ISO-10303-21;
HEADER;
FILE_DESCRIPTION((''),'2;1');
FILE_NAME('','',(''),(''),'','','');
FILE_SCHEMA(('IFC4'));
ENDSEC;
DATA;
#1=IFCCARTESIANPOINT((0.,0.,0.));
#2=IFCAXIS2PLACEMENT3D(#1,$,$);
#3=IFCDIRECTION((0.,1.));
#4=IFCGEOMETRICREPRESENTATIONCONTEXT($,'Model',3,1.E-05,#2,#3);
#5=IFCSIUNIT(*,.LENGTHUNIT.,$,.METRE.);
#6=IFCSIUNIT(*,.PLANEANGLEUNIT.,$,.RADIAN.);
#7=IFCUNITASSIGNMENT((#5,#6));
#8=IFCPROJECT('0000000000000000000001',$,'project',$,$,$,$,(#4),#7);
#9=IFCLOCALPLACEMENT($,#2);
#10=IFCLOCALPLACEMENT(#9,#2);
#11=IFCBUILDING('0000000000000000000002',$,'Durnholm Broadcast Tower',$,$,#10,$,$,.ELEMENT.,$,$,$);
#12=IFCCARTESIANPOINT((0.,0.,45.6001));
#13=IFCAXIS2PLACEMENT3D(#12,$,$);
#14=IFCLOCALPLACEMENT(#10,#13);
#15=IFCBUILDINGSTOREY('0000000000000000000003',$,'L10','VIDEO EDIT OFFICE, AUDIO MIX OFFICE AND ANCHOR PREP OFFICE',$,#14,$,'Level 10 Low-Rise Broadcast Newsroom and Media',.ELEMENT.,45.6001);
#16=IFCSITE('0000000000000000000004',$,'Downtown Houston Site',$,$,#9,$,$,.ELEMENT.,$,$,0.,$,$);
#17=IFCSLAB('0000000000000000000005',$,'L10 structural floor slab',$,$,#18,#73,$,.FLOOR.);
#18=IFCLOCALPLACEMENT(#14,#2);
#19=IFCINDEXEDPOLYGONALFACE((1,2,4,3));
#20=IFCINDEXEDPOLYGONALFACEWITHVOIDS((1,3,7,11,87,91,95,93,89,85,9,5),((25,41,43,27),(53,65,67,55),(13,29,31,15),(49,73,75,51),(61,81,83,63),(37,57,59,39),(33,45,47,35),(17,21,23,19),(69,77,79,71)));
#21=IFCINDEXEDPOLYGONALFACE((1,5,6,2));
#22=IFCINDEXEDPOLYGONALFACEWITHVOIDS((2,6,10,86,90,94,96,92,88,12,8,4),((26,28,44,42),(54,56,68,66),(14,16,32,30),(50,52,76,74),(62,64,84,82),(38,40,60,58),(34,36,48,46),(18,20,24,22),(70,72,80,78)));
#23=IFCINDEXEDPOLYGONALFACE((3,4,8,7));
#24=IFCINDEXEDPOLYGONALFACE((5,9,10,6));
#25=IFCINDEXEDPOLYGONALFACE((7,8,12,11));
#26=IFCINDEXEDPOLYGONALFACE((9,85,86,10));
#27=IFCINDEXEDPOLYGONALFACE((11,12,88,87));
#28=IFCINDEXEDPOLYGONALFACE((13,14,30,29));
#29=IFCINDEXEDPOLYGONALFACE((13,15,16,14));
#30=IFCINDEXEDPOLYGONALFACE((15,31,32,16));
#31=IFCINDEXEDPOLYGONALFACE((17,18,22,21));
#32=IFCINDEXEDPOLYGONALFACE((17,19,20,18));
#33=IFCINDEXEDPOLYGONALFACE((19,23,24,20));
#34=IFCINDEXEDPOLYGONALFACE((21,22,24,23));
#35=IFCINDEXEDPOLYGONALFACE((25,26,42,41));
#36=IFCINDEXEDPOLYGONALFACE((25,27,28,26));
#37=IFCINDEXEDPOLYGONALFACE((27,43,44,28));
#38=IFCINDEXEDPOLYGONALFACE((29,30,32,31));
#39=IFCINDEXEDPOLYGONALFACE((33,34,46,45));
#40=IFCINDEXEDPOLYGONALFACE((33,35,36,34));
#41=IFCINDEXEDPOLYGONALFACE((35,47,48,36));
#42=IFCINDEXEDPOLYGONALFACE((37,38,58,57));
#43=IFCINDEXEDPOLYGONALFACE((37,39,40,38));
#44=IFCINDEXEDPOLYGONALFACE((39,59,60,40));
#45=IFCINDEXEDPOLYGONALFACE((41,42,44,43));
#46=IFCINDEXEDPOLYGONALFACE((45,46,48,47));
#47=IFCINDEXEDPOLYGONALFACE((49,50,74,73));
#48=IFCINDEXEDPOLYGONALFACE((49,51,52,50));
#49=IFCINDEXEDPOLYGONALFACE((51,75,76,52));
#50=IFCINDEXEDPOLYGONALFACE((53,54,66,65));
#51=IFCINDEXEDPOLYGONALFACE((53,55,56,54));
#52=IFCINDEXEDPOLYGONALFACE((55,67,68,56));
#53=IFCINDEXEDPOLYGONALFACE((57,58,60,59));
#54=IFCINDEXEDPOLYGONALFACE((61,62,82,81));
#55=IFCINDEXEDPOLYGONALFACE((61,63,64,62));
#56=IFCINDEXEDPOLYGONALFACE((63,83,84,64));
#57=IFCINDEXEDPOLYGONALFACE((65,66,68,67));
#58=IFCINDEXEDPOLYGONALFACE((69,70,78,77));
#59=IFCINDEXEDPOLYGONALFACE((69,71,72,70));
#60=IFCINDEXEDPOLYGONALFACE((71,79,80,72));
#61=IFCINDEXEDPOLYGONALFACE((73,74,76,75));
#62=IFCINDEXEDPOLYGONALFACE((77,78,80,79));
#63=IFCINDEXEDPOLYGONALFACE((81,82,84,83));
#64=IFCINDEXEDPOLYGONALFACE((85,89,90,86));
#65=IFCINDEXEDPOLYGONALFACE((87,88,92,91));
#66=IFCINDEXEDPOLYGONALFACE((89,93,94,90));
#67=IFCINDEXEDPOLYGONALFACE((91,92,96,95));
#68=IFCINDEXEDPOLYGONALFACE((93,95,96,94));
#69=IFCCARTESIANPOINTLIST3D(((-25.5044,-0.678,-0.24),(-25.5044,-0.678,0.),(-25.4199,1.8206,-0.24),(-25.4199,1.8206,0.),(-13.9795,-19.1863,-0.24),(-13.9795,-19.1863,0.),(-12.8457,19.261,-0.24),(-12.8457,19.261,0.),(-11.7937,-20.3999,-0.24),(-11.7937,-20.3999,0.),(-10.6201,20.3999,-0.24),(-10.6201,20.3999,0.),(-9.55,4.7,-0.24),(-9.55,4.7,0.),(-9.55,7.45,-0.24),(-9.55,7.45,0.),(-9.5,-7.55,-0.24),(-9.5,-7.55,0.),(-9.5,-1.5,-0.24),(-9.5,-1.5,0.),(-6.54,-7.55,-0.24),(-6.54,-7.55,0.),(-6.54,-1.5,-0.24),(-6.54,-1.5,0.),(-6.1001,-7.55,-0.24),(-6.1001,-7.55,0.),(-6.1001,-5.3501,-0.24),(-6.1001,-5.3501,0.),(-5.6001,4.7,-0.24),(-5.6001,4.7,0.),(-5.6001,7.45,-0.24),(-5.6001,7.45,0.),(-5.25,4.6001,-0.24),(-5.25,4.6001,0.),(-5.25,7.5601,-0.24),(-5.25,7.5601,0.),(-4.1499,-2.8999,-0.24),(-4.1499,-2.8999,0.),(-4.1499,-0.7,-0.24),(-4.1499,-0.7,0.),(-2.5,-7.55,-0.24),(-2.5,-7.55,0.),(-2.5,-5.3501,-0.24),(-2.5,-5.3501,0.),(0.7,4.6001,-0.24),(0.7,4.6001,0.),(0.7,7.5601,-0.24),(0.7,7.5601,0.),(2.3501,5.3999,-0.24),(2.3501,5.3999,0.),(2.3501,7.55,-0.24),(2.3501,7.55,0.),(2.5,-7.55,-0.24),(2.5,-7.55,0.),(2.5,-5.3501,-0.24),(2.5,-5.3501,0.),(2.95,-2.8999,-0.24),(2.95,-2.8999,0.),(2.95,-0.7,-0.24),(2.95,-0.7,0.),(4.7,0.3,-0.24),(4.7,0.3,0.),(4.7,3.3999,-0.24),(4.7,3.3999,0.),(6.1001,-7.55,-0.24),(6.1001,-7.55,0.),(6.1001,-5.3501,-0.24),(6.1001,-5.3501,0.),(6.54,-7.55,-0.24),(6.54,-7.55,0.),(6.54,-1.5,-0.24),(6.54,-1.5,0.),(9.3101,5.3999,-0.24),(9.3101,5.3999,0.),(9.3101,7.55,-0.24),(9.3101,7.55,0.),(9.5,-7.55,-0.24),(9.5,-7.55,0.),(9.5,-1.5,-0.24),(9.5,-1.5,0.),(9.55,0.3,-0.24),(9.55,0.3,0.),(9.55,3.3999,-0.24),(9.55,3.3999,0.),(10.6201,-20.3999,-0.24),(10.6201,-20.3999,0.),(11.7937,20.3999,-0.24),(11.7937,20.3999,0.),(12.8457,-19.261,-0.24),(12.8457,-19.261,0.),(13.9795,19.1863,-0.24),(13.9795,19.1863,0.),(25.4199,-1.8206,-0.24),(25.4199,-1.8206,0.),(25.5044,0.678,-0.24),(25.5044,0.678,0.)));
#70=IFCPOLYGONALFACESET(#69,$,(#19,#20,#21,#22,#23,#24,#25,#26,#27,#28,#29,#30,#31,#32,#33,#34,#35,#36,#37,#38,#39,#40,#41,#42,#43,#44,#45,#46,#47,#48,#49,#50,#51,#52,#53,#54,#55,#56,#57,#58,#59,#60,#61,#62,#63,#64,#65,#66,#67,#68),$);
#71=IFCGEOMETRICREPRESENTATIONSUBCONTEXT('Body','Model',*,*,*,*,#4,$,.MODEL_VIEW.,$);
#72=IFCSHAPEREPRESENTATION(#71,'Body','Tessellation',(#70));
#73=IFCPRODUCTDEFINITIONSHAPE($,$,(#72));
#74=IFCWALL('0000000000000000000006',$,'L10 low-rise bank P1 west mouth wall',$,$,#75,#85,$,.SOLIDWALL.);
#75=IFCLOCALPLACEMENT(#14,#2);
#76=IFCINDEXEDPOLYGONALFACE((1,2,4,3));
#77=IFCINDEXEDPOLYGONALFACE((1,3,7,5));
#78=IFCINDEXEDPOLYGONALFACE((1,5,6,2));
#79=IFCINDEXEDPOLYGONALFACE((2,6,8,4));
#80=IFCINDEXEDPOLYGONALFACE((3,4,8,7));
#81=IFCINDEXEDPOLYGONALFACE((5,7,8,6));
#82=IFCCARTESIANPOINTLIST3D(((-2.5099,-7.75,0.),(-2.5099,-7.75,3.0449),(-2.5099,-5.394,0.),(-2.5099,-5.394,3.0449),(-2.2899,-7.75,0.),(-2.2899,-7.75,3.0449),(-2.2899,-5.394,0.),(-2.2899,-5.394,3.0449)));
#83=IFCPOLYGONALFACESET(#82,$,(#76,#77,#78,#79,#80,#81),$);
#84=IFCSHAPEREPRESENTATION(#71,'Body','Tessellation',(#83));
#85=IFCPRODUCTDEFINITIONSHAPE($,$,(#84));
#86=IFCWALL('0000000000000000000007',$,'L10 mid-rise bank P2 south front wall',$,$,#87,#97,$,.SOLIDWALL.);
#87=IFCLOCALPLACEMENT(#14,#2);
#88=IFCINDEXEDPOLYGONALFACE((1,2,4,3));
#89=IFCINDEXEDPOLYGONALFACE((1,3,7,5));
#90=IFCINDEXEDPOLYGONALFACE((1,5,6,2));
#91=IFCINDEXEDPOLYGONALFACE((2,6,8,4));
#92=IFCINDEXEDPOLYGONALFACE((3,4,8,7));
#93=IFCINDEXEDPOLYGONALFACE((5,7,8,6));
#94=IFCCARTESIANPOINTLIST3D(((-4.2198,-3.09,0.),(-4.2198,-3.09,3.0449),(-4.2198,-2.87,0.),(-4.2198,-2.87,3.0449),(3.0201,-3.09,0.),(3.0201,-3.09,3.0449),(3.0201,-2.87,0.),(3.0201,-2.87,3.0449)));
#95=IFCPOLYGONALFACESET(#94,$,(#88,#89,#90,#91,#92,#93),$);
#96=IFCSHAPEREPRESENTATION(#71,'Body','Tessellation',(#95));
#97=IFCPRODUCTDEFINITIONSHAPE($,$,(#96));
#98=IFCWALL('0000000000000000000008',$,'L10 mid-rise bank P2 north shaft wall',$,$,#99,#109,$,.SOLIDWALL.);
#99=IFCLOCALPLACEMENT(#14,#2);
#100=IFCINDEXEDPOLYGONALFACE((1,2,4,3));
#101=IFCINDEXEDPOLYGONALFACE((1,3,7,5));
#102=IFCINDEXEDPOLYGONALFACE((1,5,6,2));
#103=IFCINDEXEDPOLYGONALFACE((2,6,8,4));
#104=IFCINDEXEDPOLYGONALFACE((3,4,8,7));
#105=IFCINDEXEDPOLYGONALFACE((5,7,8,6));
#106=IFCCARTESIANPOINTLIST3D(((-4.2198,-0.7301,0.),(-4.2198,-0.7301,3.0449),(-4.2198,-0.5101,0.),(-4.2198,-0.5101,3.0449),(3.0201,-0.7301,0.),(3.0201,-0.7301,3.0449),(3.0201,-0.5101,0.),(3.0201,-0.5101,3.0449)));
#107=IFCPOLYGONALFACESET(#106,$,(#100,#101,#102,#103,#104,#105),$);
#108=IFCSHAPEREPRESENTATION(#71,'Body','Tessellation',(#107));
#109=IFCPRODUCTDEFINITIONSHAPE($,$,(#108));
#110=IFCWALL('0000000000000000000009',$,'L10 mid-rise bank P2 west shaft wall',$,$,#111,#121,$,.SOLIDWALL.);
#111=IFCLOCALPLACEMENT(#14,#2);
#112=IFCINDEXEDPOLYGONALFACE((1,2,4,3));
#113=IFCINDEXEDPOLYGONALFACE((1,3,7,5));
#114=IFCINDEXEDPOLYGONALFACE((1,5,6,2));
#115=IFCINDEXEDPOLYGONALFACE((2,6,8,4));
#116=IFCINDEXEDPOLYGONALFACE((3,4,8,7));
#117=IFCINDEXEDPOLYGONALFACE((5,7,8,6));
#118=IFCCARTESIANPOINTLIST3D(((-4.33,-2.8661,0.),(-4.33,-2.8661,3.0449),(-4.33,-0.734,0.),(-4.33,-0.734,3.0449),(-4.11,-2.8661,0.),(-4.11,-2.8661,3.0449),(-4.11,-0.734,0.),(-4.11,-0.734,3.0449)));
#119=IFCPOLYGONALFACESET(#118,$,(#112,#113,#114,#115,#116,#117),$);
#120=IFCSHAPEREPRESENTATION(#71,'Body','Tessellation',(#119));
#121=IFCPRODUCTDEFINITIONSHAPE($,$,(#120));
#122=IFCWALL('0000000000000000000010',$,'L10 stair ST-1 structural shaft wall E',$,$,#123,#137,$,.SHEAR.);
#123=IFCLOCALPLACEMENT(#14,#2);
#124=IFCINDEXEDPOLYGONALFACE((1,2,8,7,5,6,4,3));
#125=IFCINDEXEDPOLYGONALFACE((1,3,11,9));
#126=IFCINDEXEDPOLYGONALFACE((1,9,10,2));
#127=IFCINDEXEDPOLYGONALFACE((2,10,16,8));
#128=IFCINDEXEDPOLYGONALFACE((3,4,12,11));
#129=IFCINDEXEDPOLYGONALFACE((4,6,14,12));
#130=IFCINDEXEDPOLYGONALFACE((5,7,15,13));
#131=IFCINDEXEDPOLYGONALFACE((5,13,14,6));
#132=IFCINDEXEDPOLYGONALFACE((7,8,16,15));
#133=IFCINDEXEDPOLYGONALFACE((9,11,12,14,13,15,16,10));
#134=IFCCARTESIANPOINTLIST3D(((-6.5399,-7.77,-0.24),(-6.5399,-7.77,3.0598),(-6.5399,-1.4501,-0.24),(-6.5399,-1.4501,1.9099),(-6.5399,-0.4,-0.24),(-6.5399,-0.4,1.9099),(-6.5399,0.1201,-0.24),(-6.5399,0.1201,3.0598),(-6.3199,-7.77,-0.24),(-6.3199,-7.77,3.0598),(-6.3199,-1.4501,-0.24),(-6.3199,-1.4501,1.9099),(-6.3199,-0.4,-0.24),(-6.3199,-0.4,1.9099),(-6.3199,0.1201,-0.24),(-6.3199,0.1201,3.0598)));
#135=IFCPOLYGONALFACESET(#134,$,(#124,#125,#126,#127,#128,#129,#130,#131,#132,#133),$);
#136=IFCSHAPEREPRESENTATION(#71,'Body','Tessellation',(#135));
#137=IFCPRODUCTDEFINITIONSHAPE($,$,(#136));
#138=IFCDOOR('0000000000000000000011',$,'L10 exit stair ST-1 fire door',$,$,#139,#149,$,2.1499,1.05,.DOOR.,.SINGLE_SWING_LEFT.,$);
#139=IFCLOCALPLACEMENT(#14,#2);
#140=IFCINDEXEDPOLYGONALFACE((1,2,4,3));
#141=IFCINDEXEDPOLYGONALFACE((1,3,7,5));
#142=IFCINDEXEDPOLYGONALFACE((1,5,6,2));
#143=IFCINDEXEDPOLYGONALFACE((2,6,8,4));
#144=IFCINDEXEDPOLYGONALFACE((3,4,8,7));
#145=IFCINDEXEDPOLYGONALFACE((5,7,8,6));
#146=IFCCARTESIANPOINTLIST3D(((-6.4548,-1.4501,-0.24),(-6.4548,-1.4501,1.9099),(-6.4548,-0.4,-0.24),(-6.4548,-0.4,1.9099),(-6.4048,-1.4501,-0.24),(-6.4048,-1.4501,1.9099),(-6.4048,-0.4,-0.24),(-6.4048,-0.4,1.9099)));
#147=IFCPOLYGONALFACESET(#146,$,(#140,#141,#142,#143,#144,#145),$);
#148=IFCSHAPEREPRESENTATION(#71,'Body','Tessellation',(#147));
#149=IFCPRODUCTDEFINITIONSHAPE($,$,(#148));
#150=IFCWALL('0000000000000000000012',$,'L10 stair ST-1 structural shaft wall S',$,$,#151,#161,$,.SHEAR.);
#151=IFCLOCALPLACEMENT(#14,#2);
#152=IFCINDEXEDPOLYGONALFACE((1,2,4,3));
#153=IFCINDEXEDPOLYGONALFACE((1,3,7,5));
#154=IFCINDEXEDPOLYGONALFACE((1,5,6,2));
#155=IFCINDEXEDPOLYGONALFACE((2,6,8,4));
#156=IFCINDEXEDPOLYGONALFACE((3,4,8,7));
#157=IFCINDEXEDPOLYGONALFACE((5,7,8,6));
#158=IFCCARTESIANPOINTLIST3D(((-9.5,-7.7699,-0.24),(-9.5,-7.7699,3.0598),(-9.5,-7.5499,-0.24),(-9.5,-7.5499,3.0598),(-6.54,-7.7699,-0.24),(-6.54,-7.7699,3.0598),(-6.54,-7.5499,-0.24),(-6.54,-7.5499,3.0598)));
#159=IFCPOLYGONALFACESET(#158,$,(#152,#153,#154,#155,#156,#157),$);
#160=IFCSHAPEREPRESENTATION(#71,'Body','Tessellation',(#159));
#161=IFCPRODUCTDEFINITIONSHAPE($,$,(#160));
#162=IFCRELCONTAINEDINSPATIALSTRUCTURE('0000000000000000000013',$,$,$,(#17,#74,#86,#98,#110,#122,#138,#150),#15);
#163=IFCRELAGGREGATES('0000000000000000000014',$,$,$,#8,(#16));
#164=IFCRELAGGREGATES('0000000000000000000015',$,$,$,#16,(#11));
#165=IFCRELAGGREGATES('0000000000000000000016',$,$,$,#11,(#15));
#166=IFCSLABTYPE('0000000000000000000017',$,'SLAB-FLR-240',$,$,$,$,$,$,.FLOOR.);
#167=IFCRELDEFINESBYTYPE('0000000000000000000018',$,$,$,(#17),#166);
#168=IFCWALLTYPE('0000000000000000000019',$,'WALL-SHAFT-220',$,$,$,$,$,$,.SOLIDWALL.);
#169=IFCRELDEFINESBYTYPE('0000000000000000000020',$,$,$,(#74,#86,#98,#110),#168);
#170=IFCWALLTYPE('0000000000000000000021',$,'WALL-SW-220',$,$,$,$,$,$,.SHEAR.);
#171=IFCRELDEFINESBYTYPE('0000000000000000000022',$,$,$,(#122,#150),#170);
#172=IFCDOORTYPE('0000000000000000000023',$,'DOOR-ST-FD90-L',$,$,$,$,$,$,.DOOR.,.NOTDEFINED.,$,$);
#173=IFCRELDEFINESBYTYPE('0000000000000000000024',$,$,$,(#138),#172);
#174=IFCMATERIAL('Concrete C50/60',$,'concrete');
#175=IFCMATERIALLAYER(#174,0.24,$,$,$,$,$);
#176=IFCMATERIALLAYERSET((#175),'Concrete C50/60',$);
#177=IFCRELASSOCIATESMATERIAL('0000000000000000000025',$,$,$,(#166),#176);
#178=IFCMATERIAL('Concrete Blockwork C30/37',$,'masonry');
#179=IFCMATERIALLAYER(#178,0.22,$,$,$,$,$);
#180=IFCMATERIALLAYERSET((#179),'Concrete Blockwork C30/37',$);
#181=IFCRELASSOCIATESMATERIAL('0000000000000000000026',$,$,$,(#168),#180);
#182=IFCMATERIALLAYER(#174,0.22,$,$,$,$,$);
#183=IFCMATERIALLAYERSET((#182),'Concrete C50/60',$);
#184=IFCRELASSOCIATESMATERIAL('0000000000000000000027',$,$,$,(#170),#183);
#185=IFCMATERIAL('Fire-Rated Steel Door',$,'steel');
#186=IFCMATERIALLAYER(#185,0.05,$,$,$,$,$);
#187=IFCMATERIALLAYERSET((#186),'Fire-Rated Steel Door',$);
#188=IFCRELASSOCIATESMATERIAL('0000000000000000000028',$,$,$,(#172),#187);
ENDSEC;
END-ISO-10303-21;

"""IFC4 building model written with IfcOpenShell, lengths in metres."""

from ifc_helpers import new_model, si_unit, direction, frame, frame_2d, origin, place, context, subcontext, project, spatial, polyline, rectangle, outline, extrude, source, transform, mapped, material, layer, layer_set, type_object, type_shapes, element, fill, save


model = new_model("IFC4")

# Units and contexts
model_context = context("Model", 3, precision=1e-05, world=origin(), true_north=direction((0.0, 1.0)))
body_context = subcontext(model_context, "Body", "Model", "MODEL_VIEW")
ifc_project = project(units=[si_unit("LENGTHUNIT", "METRE"), si_unit("PLANEANGLEUNIT", "RADIAN")], contexts=[model_context])

# Site, building, storey
site_placement = place(None, origin())
site = spatial("IfcSite", under=ifc_project, at=site_placement, Name="Downtown Houston Site", CompositionType="ELEMENT", RefElevation=0.0)
building_placement = place(site_placement, origin())
building = spatial("IfcBuilding", under=site, at=building_placement, Name="Durnholm Broadcast Tower", CompositionType="ELEMENT")
storey_placement = place(building_placement, frame((0.0, 0.0, 45.6001)))
storey = spatial("IfcBuildingStorey", under=building, at=storey_placement, Name="L10", Description="VIDEO EDIT OFFICE, AUDIO MIX OFFICE AND ANCHOR PREP OFFICE", LongName="Level 10 Low-Rise Broadcast Newsroom and Media", CompositionType="ELEMENT", Elevation=45.6001)

# Slab
ifc_material_1 = material(Name="Concrete C50/60", Category="concrete")
ifc_layer_1 = layer(ifc_material_1, 0.24)
ifc_layer_set_1 = layer_set([ifc_layer_1], Name="Concrete C50/60")
slab_type = type_object("IfcSlabType", Name="SLAB-FLR-240", PredefinedType="FLOOR", material=ifc_layer_set_1)
slab_placement = place(storey_placement, frame((0.0, 0.0, -0.24)))
element("IfcSlab", 1, at=slab_placement, inside=storey, type_object=slab_type, Name="L10 structural floor slab", PredefinedType="FLOOR", context=body_context, shape_type="SweptSolid", body=[
    extrude(outline(polyline([(-13.9795, -19.1863), (-11.7937, -20.3999), (10.6201, -20.3999), (12.8457, -19.261), (25.4199, -1.8206), (25.5044, 0.678), (13.9795, 19.1863), (11.7937, 20.3999), (-10.6201, 20.3999), (-12.8457, 19.261), (-25.4199, 1.8206), (-25.5044, -0.678), (-13.9795, -19.1863)]), holes=[polyline([(-2.5, -5.3501), (-6.1001, -5.3501), (-6.1001, -7.55), (-2.5, -7.55), (-2.5, -5.3501)]), polyline([(6.1001, -5.3501), (2.5, -5.3501), (2.5, -7.55), (6.1001, -7.55), (6.1001, -5.3501)]), polyline([(-6.54, -7.55), (-6.54, -1.5), (-9.5, -1.5), (-9.5, -7.55), (-6.54, -7.55)]), polyline([(9.5, -7.55), (9.5, -1.5), (6.54, -1.5), (6.54, -7.55), (9.5, -7.55)]), polyline([(2.95, -0.7), (-4.1499, -0.7), (-4.1499, -2.8999), (2.95, -2.8999), (2.95, -0.7)]), polyline([(9.55, 3.3999), (4.7, 3.3999), (4.7, 0.3), (9.55, 0.3), (9.55, 3.3999)]), polyline([(-5.6001, 7.45), (-9.55, 7.45), (-9.55, 4.7), (-5.6001, 4.7), (-5.6001, 7.45)]), polyline([(-5.25, 7.5601), (-5.25, 4.6001), (0.7, 4.6001), (0.7, 7.5601), (-5.25, 7.5601)]), polyline([(9.3101, 5.3999), (9.3101, 7.55), (2.3501, 7.55), (2.3501, 5.3999), (9.3101, 5.3999)])]), origin(), (0.0, 0.0, 1.0), 0.24),
])

# Shared definitions
ifc_material_2 = material(Name="Concrete Blockwork C30/37", Category="masonry")
ifc_layer_2 = layer(ifc_material_2, 0.22)
ifc_layer_set_2 = layer_set([ifc_layer_2], Name="Concrete Blockwork C30/37")
wall_type_1 = type_object("IfcWallType", Name="WALL-SHAFT-220", PredefinedType="SOLIDWALL", material=ifc_layer_set_2)

# Walls
wall_1_placement = place(storey_placement, frame((-2.3999, -7.75, 0.0), z_axis=(0.0, 0.0, 1.0), x_axis=(0.0, 1.0, 0.0)))
element("IfcWall", 2, at=wall_1_placement, inside=storey, type_object=wall_type_1, Name="L10 low-rise bank P1 west mouth wall", PredefinedType="SOLIDWALL", context=body_context, shape_type="SweptSolid", body=[
    extrude(rectangle(XDim=2.356, YDim=0.22, at=frame_2d((1.178, 0.0))), origin(), (0.0, 0.0, 1.0), 3.0449),
])
for number, where, z_axis, x_axis, name in (
    (3, (-4.22, -2.98, 0.0), (0.0, 0.0, 1.0), (1.0, 0.0, 0.0), "L10 mid-rise bank P2 south front wall"),
    (4, (-4.22, -0.6201, 0.0), (0.0, 0.0, 1.0), (1.0, 0.0, 0.0), "L10 mid-rise bank P2 north shaft wall"),
):
    element("IfcWall", number, at=place(storey_placement, frame(where, z_axis=z_axis, x_axis=x_axis)), inside=storey, type_object=wall_type_1, Name=name, PredefinedType="SOLIDWALL", context=body_context, shape_type="SweptSolid", body=[
        extrude(rectangle(XDim=7.24, YDim=0.22, at=frame_2d((3.6201, 0.0))), origin(), (0.0, 0.0, 1.0), 3.0449),
    ])
wall_2_placement = place(storey_placement, frame((-4.22, -2.866, 0.0), z_axis=(0.0, 0.0, 1.0), x_axis=(0.0, 1.0, 0.0)))
element("IfcWall", 5, at=wall_2_placement, inside=storey, type_object=wall_type_1, Name="L10 mid-rise bank P2 west shaft wall", PredefinedType="SOLIDWALL", context=body_context, shape_type="SweptSolid", body=[
    extrude(rectangle(XDim=2.1321, YDim=0.22, at=frame_2d((1.0659, 0.0))), origin(), (0.0, 0.0, 1.0), 3.0449),
])

# Wall, opening, door
ifc_layer_3 = layer(ifc_material_1, 0.22)
ifc_layer_set_3 = layer_set([ifc_layer_3], Name="Concrete C50/60")
wall_type_2 = type_object("IfcWallType", Name="WALL-SW-220", PredefinedType="SHEAR", material=ifc_layer_set_3)
wall_3_placement = place(storey_placement, frame((-6.4299, -7.77, -0.24), z_axis=(0.0, 0.0, 1.0), x_axis=(0.0, 1.0, 0.0)))
wall_3 = element("IfcWall", 6, at=wall_3_placement, inside=storey, type_object=wall_type_2, Name="L10 stair ST-1 structural shaft wall E", PredefinedType="SHEAR", context=body_context, shape_type="SweptSolid", body=[
    extrude(rectangle(XDim=7.8901, YDim=0.22, at=frame_2d((3.9451, 0.0))), origin(), (0.0, 0.0, 1.0), 3.2998),
])
opening_1_placement = place(wall_3_placement, frame((6.3201, 0.0, 0.0)))
opening_1 = element("IfcOpeningElement", 7, at=opening_1_placement, cuts=wall_3, PredefinedType="OPENING", context=body_context, shape_type="SweptSolid", body=[
    extrude(rectangle(XDim=1.05, YDim=2.1499, at=frame_2d((0.5249, 1.075))), frame((0.0, 0.1201, 0.0), z_axis=(0.0, -1.0, 0.0), x_axis=(1.0, 0.0, 0.0)), (0.0, 0.0, 1.0), 0.24),
])
ifc_material_3 = material(Name="Fire-Rated Steel Door", Category="steel")
ifc_layer_4 = layer(ifc_material_3, 0.05)
ifc_layer_set_4 = layer_set([ifc_layer_4], Name="Fire-Rated Steel Door")
door_type_1 = type_object("IfcDoorType", Name="DOOR-ST-FD90-L", OperationType="NOTDEFINED", PredefinedType="DOOR", material=ifc_layer_set_4)
shared_shape_1 = source(origin(), body_context, "Body", "SweptSolid", [
    extrude(rectangle(XDim=1.05, YDim=2.1499, at=frame_2d((0.5249, 1.075))), frame((0.0, 0.0249, 0.0), z_axis=(0.0, -1.0, 0.0), x_axis=(1.0, 0.0, 0.0)), (0.0, 0.0, 1.0), 0.05),
])
type_shapes(door_type_1, [shared_shape_1])
door_1_placement = place(opening_1_placement, origin())
door_1 = element("IfcDoor", 8, at=door_1_placement, inside=storey, type_object=door_type_1, Name="L10 exit stair ST-1 fire door", OperationType="SINGLE_SWING_LEFT", OverallHeight=2.1499, OverallWidth=1.05, PredefinedType="DOOR", context=body_context, shape_type="MappedRepresentation", body=[
    mapped(shared_shape_1, transform((0.0, 0.0, 0.0), x_axis=(1.0, 0.0, 0.0), y_axis=(0.0, 1.0, 0.0), z_axis=(0.0, 0.0, 1.0), scale=1.0)),
])
fill(opening_1, door_1)

# Wall
wall_4_placement = place(storey_placement, frame((-9.5, -7.6599, -0.24), z_axis=(0.0, 0.0, 1.0), x_axis=(1.0, 0.0, 0.0)))
element("IfcWall", 9, at=wall_4_placement, inside=storey, type_object=wall_type_2, Name="L10 stair ST-1 structural shaft wall S", PredefinedType="SHEAR", context=body_context, shape_type="SweptSolid", body=[
    extrude(rectangle(XDim=2.96, YDim=0.22, at=frame_2d((1.48, 0.0))), origin(), (0.0, 0.0, 1.0), 3.2998),
])

save(model, "model.ifc")
